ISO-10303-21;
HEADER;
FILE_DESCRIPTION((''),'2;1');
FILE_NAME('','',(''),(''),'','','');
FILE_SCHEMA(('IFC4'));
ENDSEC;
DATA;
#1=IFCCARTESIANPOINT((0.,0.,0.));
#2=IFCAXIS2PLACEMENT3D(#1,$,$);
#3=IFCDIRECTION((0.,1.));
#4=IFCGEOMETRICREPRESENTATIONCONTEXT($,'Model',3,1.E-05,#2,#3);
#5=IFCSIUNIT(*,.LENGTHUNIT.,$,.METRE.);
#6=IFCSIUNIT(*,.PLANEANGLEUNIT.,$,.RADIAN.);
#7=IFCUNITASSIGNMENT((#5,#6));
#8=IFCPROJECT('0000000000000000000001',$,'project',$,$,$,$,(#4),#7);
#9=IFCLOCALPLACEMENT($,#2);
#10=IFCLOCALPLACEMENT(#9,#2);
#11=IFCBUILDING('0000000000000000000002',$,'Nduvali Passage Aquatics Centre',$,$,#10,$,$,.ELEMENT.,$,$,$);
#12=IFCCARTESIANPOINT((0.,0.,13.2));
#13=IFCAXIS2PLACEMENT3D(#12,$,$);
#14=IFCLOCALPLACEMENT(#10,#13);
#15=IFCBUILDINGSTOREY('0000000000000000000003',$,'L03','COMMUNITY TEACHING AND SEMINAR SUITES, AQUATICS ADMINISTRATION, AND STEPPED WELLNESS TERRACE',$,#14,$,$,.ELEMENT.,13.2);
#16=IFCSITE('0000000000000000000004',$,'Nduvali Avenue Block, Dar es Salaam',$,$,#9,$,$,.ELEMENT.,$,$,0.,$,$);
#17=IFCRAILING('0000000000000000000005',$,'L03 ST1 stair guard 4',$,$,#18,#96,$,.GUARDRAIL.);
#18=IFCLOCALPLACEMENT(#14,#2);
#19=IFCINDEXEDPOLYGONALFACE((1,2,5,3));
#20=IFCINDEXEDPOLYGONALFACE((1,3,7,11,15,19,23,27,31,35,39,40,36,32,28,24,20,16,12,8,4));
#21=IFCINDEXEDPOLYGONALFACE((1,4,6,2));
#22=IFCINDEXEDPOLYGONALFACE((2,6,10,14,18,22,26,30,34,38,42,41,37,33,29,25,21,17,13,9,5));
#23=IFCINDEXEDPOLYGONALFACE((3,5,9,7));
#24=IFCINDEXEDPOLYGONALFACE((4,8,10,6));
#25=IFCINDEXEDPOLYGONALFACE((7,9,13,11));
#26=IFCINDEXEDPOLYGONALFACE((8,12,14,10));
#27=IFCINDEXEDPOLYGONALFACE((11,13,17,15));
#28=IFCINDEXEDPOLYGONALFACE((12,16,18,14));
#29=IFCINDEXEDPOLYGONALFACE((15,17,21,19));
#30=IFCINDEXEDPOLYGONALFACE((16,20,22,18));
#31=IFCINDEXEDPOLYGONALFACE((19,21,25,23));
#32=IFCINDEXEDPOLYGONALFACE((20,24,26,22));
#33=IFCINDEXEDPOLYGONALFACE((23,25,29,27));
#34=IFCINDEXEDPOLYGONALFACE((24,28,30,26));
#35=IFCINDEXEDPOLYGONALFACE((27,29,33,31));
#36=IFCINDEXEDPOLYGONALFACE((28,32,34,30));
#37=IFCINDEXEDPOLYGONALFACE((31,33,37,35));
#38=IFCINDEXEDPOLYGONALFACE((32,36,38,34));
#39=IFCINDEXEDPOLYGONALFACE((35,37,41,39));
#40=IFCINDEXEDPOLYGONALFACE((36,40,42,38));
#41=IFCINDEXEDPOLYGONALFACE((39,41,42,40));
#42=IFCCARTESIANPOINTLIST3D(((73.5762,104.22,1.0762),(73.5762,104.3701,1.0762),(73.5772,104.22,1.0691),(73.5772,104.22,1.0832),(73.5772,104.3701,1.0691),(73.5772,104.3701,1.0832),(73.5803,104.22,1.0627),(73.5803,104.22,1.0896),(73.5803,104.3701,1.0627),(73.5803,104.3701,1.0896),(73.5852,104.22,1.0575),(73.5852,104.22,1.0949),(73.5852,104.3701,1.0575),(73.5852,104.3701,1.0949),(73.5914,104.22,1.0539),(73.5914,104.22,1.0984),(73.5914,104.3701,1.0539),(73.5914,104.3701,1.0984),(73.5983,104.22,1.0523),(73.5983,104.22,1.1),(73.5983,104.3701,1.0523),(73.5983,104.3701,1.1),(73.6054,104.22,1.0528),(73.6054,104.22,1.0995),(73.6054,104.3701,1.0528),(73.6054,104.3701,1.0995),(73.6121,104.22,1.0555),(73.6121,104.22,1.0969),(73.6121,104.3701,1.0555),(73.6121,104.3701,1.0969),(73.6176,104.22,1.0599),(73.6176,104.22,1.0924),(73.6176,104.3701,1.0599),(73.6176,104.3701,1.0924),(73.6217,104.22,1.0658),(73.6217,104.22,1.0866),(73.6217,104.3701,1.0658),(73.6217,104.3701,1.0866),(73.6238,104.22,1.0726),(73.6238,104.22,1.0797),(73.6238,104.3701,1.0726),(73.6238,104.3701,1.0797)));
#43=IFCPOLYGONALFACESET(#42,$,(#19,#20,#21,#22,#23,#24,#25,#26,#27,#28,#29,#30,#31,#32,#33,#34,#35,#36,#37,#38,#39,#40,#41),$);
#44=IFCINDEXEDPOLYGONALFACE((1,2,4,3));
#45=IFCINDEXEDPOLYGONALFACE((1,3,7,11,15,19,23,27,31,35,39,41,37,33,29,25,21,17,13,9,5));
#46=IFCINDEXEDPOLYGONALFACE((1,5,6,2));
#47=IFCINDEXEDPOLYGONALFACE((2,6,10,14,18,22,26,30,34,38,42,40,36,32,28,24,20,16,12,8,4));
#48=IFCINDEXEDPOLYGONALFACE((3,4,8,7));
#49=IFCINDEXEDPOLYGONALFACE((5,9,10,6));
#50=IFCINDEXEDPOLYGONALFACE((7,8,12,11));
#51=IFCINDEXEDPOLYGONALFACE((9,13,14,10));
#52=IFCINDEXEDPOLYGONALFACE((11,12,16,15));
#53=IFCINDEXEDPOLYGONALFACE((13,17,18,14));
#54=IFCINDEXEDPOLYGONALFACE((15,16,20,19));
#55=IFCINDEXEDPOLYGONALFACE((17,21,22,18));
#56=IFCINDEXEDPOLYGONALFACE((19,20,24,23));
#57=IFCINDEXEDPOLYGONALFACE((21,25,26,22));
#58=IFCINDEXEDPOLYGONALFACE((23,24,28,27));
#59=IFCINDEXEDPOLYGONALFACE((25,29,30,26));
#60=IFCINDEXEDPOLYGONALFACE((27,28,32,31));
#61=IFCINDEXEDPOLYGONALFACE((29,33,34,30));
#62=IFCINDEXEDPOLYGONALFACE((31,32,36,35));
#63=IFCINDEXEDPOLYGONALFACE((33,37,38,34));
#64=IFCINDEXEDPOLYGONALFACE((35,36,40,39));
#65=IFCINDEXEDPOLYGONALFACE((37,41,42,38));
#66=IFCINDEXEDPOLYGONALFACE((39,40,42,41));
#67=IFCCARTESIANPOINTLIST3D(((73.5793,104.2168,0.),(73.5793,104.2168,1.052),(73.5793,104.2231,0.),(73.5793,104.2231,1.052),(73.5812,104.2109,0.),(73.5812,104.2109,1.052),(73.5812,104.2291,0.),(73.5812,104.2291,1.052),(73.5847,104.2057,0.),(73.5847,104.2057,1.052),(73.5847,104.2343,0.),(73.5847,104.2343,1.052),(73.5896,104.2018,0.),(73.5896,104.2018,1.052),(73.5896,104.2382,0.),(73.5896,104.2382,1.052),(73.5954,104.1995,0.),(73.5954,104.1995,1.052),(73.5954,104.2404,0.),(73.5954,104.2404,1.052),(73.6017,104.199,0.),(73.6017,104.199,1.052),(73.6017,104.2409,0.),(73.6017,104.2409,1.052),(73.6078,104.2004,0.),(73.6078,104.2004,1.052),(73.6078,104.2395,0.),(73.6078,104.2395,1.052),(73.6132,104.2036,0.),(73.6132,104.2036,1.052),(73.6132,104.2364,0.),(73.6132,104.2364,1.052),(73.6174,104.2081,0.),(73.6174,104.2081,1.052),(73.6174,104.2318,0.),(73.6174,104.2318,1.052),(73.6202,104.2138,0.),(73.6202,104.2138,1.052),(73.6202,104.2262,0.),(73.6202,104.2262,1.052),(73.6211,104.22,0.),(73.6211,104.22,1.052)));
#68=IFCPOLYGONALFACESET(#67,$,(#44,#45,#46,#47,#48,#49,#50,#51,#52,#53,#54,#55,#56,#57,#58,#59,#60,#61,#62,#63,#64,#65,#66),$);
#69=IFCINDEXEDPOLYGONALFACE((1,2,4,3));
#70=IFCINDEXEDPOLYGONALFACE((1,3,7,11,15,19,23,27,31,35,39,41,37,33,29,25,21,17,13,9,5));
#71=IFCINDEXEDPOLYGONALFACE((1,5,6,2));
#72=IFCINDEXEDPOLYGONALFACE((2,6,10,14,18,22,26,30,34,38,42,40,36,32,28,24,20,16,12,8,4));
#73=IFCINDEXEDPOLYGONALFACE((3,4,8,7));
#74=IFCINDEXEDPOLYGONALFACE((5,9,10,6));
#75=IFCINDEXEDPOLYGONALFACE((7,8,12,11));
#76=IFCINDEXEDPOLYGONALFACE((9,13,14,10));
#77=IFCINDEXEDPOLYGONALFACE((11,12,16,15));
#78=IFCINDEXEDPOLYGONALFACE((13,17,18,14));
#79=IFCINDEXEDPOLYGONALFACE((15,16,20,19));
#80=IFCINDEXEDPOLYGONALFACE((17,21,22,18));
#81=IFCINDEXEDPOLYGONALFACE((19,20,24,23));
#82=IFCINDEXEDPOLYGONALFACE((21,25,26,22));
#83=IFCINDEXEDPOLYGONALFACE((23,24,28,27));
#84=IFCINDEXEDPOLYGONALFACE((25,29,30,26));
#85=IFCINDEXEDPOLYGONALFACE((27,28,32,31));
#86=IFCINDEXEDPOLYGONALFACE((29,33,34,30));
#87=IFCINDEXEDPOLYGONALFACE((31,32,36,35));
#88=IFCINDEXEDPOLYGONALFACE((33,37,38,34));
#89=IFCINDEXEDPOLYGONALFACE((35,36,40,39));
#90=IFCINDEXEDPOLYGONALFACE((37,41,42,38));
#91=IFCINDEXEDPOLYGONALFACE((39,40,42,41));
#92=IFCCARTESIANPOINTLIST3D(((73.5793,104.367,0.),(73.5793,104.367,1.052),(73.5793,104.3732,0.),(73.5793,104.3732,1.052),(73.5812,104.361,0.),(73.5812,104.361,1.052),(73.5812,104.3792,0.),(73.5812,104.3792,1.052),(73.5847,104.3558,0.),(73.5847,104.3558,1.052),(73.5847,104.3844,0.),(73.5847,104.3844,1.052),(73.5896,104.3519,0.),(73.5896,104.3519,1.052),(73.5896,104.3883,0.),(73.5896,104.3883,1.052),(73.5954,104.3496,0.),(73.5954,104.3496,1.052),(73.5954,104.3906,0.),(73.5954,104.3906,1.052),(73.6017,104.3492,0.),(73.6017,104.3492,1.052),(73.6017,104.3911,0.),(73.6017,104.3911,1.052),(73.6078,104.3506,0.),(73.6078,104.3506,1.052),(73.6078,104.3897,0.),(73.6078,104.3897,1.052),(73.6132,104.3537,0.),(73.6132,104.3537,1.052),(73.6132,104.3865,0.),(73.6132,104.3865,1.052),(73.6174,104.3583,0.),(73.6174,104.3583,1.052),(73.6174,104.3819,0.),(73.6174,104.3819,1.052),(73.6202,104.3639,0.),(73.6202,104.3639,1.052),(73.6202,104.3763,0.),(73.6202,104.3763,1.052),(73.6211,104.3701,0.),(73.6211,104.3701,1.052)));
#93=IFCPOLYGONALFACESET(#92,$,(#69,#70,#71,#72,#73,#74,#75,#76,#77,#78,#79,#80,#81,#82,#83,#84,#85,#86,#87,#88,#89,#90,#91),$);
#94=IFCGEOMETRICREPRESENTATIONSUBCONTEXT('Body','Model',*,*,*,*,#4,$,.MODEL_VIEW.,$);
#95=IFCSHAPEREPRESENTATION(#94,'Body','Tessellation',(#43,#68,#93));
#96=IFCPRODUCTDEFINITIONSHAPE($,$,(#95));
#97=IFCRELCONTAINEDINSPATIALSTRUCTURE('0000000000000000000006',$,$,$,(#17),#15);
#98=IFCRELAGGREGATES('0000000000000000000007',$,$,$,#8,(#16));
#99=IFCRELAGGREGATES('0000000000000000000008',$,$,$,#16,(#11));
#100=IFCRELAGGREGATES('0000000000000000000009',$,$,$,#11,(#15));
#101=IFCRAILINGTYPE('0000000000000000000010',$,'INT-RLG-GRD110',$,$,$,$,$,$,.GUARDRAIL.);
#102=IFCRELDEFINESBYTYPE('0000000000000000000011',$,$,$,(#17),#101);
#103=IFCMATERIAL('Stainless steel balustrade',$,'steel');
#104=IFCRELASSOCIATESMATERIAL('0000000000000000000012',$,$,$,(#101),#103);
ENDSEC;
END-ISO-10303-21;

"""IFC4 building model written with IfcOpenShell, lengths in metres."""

from ifc_helpers import new_model, si_unit, direction, frame, origin, origin_2d, place, context, subcontext, project, spatial, circle, extrude, material, type_object, element, save


model = new_model("IFC4")

# Units and contexts
model_context = context("Model", 3, precision=1e-05, world=origin(), true_north=direction((0.0, 1.0)))
body_context = subcontext(model_context, "Body", "Model", "MODEL_VIEW")
ifc_project = project(units=[si_unit("LENGTHUNIT", "METRE"), si_unit("PLANEANGLEUNIT", "RADIAN")], contexts=[model_context])

# Site, building, storey
site_placement = place(None, origin())
site = spatial("IfcSite", under=ifc_project, at=site_placement, Name="Nduvali Avenue Block, Dar es Salaam", CompositionType="ELEMENT", RefElevation=0.0)
building_placement = place(site_placement, origin())
building = spatial("IfcBuilding", under=site, at=building_placement, Name="Nduvali Passage Aquatics Centre", CompositionType="ELEMENT")
storey_placement = place(building_placement, frame((0.0, 0.0, 13.2)))
storey = spatial("IfcBuildingStorey", under=building, at=storey_placement, Name="L03", Description="COMMUNITY TEACHING AND SEMINAR SUITES, AQUATICS ADMINISTRATION, AND STEPPED WELLNESS TERRACE", CompositionType="ELEMENT", Elevation=13.2)

# Railing
ifc_material_1 = material(Name="Stainless steel balustrade", Category="steel")
railing_type_1 = type_object("IfcRailingType", Name="INT-RLG-GRD110", PredefinedType="GUARDRAIL", material=ifc_material_1)
railing_1_placement = place(storey_placement, frame((73.6001, 104.22, 0.0)))
element("IfcRailing", 1, at=railing_1_placement, inside=storey, type_object=railing_type_1, Name="L03 ST1 stair guard 4", PredefinedType="GUARDRAIL", context=body_context, shape_type="SweptSolid", body=[
    extrude(circle(Radius=0.0239, at=origin_2d()), frame((0.0, 0.0, 1.0762), z_axis=(0.0, 1.0, 0.0), x_axis=(-1.0, 0.0, 0.0)), (0.0, 0.0, 1.0), 0.1501),
    extrude(circle(Radius=0.021, at=origin_2d()), origin(), (0.0, 0.0, 1.0), 1.052),
    extrude(circle(Radius=0.021, at=origin_2d()), frame((0.0, 0.1501, 0.0)), (0.0, 0.0, 1.0), 1.052),
])

save(model, "model.ifc")
